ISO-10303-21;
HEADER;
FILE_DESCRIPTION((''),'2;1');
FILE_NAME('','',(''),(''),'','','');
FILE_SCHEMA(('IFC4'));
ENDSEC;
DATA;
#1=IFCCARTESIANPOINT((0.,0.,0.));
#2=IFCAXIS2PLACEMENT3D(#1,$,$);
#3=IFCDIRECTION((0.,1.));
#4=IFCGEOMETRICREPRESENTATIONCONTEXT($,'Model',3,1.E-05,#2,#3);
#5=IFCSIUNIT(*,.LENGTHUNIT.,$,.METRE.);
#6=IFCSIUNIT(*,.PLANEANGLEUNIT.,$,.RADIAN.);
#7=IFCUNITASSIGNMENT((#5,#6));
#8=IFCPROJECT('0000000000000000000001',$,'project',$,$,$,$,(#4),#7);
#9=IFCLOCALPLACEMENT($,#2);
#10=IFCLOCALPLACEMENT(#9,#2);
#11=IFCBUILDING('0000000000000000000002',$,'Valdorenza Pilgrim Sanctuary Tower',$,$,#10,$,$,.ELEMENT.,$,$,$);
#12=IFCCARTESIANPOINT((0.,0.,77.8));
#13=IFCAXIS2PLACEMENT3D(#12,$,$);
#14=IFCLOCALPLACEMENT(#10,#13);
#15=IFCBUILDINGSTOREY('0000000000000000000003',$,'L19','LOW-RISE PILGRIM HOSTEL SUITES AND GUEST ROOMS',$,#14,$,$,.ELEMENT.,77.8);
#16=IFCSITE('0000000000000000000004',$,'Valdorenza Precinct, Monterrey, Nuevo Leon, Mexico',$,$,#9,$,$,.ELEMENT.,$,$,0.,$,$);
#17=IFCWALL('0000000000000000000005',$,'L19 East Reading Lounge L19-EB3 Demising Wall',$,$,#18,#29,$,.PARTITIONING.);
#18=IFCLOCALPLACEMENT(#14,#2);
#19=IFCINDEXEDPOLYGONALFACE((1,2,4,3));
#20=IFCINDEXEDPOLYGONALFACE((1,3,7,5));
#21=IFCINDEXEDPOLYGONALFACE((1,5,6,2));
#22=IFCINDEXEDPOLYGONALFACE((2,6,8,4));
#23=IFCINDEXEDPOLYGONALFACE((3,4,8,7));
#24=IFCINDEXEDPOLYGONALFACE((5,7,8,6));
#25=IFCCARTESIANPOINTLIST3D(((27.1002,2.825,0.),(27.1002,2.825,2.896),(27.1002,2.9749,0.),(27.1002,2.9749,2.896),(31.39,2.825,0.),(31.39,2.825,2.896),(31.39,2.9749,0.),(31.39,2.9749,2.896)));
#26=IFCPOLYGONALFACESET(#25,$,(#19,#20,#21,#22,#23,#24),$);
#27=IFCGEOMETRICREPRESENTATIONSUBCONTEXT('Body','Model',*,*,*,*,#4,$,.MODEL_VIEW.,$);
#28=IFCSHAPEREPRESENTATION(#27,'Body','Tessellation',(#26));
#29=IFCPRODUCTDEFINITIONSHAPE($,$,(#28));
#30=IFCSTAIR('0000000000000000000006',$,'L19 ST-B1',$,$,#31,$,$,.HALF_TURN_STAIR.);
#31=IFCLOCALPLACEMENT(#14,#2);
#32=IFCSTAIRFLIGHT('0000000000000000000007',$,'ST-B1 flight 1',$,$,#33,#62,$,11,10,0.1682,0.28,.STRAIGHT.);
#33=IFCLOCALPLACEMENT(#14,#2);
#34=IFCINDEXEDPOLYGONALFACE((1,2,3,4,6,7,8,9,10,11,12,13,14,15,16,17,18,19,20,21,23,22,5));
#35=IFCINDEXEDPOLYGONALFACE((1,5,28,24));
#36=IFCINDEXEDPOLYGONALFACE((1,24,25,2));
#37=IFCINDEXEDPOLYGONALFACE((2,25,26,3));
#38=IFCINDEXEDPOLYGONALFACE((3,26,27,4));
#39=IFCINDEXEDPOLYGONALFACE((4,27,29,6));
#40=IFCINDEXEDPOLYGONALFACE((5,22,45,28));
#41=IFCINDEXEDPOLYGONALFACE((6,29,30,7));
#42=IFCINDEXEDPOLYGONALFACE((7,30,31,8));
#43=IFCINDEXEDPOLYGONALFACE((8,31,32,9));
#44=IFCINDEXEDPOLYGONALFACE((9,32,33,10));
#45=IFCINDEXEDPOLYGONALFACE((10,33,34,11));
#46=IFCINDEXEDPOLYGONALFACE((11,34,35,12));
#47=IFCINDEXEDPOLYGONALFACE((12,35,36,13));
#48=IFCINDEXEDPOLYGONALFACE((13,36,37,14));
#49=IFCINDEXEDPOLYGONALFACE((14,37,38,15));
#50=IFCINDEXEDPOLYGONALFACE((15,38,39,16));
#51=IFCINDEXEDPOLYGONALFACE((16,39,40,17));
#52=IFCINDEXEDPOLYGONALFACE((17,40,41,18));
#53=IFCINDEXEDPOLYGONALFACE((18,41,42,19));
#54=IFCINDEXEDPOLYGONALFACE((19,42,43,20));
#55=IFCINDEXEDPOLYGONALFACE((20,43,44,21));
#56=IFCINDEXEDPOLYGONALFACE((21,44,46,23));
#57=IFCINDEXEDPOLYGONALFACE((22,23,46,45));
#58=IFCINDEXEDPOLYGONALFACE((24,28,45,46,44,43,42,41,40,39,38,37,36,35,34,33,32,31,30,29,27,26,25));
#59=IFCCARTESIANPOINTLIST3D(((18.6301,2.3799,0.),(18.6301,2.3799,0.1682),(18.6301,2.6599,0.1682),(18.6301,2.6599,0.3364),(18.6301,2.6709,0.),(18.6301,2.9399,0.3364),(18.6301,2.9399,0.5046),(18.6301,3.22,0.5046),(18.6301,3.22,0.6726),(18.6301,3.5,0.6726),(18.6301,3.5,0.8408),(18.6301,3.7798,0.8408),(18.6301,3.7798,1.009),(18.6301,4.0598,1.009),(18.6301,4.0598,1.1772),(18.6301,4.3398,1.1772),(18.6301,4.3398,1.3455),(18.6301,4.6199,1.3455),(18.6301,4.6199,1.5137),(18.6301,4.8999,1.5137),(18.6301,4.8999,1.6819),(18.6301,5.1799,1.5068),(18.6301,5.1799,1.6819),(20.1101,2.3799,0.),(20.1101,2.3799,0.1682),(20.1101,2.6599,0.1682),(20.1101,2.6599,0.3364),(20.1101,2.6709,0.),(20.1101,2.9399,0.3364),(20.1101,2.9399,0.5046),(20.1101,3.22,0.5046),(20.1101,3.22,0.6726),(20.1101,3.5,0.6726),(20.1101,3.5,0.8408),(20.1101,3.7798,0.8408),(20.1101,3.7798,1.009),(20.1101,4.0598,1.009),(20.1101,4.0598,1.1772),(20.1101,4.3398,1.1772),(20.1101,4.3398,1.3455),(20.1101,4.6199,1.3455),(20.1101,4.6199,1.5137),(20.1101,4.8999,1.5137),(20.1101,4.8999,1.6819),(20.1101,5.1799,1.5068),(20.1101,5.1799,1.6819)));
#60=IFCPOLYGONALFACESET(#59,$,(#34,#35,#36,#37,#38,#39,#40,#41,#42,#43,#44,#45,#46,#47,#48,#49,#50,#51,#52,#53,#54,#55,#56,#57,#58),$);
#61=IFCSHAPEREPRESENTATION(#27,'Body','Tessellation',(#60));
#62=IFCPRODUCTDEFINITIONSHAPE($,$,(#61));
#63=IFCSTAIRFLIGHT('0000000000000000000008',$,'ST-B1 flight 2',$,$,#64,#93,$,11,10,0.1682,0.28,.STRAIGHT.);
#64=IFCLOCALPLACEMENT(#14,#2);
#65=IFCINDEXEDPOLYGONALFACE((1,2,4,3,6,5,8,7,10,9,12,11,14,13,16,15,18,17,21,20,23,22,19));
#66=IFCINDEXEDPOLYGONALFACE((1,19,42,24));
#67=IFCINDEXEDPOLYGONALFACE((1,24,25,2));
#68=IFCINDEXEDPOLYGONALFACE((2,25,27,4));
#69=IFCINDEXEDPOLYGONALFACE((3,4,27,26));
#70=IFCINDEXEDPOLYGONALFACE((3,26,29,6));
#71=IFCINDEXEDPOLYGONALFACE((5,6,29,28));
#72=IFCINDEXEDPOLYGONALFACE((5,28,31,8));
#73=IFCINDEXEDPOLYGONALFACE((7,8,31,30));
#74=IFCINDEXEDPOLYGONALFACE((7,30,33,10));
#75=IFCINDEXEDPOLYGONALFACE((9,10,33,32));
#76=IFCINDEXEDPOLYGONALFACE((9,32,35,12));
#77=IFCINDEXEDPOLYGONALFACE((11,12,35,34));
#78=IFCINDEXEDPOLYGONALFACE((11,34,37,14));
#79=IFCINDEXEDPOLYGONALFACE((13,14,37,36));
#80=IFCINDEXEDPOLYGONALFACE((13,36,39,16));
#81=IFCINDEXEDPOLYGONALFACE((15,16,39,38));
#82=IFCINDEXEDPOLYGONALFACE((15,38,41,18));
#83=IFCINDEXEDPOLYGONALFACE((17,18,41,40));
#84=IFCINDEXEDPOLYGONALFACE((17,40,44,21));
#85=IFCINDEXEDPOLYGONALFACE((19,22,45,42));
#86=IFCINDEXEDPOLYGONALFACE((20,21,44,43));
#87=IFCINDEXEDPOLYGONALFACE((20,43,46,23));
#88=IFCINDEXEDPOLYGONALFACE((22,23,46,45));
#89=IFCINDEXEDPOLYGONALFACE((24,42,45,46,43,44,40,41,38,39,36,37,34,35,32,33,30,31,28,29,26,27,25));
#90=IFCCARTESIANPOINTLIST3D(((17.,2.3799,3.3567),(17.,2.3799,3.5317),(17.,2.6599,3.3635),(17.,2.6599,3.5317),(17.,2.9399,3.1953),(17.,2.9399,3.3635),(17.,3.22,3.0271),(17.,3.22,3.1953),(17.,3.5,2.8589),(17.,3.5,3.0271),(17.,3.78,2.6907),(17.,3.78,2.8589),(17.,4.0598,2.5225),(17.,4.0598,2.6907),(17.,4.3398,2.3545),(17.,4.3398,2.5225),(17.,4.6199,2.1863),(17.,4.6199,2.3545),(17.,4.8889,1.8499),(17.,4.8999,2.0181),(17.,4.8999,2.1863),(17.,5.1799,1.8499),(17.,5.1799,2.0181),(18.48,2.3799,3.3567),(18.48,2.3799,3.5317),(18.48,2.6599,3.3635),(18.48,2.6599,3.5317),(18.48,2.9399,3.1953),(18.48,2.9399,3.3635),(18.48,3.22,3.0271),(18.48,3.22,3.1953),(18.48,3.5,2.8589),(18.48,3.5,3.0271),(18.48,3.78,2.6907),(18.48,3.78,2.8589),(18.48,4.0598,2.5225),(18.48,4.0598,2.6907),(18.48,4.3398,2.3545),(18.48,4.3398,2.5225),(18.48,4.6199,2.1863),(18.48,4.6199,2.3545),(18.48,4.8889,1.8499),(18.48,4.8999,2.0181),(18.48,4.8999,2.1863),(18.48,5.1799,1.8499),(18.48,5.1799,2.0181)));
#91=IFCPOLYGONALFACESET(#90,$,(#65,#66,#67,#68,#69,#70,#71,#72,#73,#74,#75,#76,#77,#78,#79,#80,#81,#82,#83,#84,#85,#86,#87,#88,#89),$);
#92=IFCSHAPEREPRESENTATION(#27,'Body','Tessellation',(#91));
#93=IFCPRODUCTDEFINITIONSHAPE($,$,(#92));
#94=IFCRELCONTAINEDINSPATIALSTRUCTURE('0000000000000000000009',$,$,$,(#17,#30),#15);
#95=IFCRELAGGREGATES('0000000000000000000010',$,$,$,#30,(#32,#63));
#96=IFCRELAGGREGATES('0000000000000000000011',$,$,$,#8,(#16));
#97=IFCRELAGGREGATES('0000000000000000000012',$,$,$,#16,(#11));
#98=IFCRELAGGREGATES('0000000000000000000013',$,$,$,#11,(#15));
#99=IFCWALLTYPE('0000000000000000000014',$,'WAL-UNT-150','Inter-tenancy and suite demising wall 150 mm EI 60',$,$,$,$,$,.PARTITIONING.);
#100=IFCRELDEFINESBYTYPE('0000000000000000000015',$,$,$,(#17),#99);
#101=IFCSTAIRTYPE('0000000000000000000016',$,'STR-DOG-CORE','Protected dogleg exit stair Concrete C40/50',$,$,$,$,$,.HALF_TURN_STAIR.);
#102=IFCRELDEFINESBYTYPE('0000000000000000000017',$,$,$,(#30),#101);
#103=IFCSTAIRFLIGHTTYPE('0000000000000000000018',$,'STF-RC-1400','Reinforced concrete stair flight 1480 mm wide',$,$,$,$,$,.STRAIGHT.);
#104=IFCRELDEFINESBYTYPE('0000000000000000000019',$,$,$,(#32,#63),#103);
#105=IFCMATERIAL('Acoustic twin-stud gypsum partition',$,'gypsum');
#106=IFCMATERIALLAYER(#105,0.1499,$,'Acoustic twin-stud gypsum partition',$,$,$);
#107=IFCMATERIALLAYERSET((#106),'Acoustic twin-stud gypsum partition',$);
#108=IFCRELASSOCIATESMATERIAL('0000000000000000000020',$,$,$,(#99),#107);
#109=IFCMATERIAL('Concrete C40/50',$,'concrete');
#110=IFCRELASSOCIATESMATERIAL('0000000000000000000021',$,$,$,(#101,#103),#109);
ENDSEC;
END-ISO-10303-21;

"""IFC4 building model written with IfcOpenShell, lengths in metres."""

from ifc_helpers import new_model, si_unit, direction, frame, frame_2d, origin, place, context, subcontext, project, spatial, polyline, rectangle, outline, extrude, material, layer, layer_set, type_object, element, aggregate, save


model = new_model("IFC4")

# Units and contexts
model_context = context("Model", 3, precision=1e-05, world=origin(), true_north=direction((0.0, 1.0)))
body_context = subcontext(model_context, "Body", "Model", "MODEL_VIEW")
ifc_project = project(units=[si_unit("LENGTHUNIT", "METRE"), si_unit("PLANEANGLEUNIT", "RADIAN")], contexts=[model_context])

# Site, building, storey
site_placement = place(None, origin())
site = spatial("IfcSite", under=ifc_project, at=site_placement, Name="Valdorenza Precinct, Monterrey, Nuevo Leon, Mexico", CompositionType="ELEMENT", RefElevation=0.0)
building_placement = place(site_placement, origin())
building = spatial("IfcBuilding", under=site, at=building_placement, Name="Valdorenza Pilgrim Sanctuary Tower", CompositionType="ELEMENT")
storey_placement = place(building_placement, frame((0.0, 0.0, 77.8)))
storey = spatial("IfcBuildingStorey", under=building, at=storey_placement, Name="L19", Description="LOW-RISE PILGRIM HOSTEL SUITES AND GUEST ROOMS", CompositionType="ELEMENT", Elevation=77.8)

# Shared definitions
ifc_material_1 = material(Name="Acoustic twin-stud gypsum partition", Category="gypsum")

# Shared definitions
ifc_material_2 = material(Name="Concrete C40/50", Category="concrete")

# Wall
ifc_layer_1 = layer(ifc_material_1, 0.1499, Name="Acoustic twin-stud gypsum partition")
ifc_layer_set_1 = layer_set([ifc_layer_1], Name="Acoustic twin-stud gypsum partition")
wall_type_1 = type_object("IfcWallType", Name="WAL-UNT-150", Description="Inter-tenancy and suite demising wall 150 mm EI 60", PredefinedType="PARTITIONING", material=ifc_layer_set_1)
wall_1_placement = place(storey_placement, frame((27.1001, 2.8999, 0.0), z_axis=(0.0, 0.0, 1.0), x_axis=(1.0, 0.0, 0.0)))
element("IfcWall", 1, at=wall_1_placement, inside=storey, type_object=wall_type_1, Name="L19 East Reading Lounge L19-EB3 Demising Wall", PredefinedType="PARTITIONING", context=body_context, shape_type="SweptSolid", body=[
    extrude(rectangle(XDim=4.2898, YDim=0.1499, at=frame_2d((2.145, 0.0))), origin(), (0.0, 0.0, 1.0), 2.896),
])

# Stair, stair flights
stair_type = type_object("IfcStairType", Name="STR-DOG-CORE", Description="Protected dogleg exit stair Concrete C40/50", PredefinedType="HALF_TURN_STAIR", material=ifc_material_2)
stair_placement = place(storey_placement, origin())
stair = element("IfcStair", 2, at=stair_placement, inside=storey, type_object=stair_type, Name="L19 ST-B1", PredefinedType="HALF_TURN_STAIR")
stair_flight_type = type_object("IfcStairFlightType", Name="STF-RC-1400", Description="Reinforced concrete stair flight 1480 mm wide", PredefinedType="STRAIGHT", material=ifc_material_2)
stair_flight_1_placement = place(storey_placement, frame((19.3701, 2.3799, 0.0), z_axis=(0.0, 0.0, 1.0), x_axis=(0.0, 1.0, 0.0)))
stair_flight_1 = element("IfcStairFlight", 3, at=stair_flight_1_placement, type_object=stair_flight_type, Name="ST-B1 flight 1", NumberOfRisers=11, NumberOfTreads=10, PredefinedType="STRAIGHT", RiserHeight=0.1682, TreadLength=0.28, context=body_context, shape_type="SweptSolid", body=[
    extrude(outline(polyline([(0.0, 0.0), (0.0, 0.1682), (0.28, 0.1682), (0.28, 0.3364), (0.5601, 0.3364), (0.5601, 0.5046), (0.8401, 0.5046), (0.8401, 0.6726), (1.1201, 0.6726), (1.1201, 0.8408), (1.3999, 0.8408), (1.3999, 1.009), (1.6799, 1.009), (1.6799, 1.1772), (1.96, 1.1772), (1.96, 1.3455), (2.24, 1.3455), (2.24, 1.5137), (2.52, 1.5137), (2.52, 1.6819), (2.8, 1.6819), (2.8, 1.8501), (2.8, 1.5068), (0.291, 0.0), (0.0, 0.0)])), frame((0.0, 0.74, 0.0), z_axis=(0.0, -1.0, 0.0), x_axis=(1.0, 0.0, 0.0)), (0.0, 0.0, 1.0), 1.48),
])
stair_flight_2_placement = place(storey_placement, frame((17.74, 5.1799, 1.8499), z_axis=(0.0, 0.0, 1.0), x_axis=(0.0, -1.0, 0.0)))
stair_flight_2 = element("IfcStairFlight", 4, at=stair_flight_2_placement, type_object=stair_flight_type, Name="ST-B1 flight 2", NumberOfRisers=11, NumberOfTreads=10, PredefinedType="STRAIGHT", RiserHeight=0.1682, TreadLength=0.28, context=body_context, shape_type="SweptSolid", body=[
    extrude(outline(polyline([(0.0, 0.0), (0.0, 0.1682), (0.28, 0.1682), (0.28, 0.3364), (0.5601, 0.3364), (0.5601, 0.5046), (0.8401, 0.5046), (0.8401, 0.6726), (1.1201, 0.6726), (1.1201, 0.8408), (1.3999, 0.8408), (1.3999, 1.009), (1.6799, 1.009), (1.6799, 1.1772), (1.96, 1.1772), (1.96, 1.3455), (2.24, 1.3455), (2.24, 1.5137), (2.52, 1.5137), (2.52, 1.6819), (2.8, 1.6819), (2.8, 1.8501), (2.8, 1.5068), (0.291, 0.0), (0.0, 0.0)])), frame((0.0, 0.74, 0.0), z_axis=(0.0, -1.0, 0.0), x_axis=(1.0, 0.0, 0.0)), (0.0, 0.0, 1.0), 1.48),
])
aggregate(stair, [stair_flight_1, stair_flight_2])

save(model, "model.ifc")
